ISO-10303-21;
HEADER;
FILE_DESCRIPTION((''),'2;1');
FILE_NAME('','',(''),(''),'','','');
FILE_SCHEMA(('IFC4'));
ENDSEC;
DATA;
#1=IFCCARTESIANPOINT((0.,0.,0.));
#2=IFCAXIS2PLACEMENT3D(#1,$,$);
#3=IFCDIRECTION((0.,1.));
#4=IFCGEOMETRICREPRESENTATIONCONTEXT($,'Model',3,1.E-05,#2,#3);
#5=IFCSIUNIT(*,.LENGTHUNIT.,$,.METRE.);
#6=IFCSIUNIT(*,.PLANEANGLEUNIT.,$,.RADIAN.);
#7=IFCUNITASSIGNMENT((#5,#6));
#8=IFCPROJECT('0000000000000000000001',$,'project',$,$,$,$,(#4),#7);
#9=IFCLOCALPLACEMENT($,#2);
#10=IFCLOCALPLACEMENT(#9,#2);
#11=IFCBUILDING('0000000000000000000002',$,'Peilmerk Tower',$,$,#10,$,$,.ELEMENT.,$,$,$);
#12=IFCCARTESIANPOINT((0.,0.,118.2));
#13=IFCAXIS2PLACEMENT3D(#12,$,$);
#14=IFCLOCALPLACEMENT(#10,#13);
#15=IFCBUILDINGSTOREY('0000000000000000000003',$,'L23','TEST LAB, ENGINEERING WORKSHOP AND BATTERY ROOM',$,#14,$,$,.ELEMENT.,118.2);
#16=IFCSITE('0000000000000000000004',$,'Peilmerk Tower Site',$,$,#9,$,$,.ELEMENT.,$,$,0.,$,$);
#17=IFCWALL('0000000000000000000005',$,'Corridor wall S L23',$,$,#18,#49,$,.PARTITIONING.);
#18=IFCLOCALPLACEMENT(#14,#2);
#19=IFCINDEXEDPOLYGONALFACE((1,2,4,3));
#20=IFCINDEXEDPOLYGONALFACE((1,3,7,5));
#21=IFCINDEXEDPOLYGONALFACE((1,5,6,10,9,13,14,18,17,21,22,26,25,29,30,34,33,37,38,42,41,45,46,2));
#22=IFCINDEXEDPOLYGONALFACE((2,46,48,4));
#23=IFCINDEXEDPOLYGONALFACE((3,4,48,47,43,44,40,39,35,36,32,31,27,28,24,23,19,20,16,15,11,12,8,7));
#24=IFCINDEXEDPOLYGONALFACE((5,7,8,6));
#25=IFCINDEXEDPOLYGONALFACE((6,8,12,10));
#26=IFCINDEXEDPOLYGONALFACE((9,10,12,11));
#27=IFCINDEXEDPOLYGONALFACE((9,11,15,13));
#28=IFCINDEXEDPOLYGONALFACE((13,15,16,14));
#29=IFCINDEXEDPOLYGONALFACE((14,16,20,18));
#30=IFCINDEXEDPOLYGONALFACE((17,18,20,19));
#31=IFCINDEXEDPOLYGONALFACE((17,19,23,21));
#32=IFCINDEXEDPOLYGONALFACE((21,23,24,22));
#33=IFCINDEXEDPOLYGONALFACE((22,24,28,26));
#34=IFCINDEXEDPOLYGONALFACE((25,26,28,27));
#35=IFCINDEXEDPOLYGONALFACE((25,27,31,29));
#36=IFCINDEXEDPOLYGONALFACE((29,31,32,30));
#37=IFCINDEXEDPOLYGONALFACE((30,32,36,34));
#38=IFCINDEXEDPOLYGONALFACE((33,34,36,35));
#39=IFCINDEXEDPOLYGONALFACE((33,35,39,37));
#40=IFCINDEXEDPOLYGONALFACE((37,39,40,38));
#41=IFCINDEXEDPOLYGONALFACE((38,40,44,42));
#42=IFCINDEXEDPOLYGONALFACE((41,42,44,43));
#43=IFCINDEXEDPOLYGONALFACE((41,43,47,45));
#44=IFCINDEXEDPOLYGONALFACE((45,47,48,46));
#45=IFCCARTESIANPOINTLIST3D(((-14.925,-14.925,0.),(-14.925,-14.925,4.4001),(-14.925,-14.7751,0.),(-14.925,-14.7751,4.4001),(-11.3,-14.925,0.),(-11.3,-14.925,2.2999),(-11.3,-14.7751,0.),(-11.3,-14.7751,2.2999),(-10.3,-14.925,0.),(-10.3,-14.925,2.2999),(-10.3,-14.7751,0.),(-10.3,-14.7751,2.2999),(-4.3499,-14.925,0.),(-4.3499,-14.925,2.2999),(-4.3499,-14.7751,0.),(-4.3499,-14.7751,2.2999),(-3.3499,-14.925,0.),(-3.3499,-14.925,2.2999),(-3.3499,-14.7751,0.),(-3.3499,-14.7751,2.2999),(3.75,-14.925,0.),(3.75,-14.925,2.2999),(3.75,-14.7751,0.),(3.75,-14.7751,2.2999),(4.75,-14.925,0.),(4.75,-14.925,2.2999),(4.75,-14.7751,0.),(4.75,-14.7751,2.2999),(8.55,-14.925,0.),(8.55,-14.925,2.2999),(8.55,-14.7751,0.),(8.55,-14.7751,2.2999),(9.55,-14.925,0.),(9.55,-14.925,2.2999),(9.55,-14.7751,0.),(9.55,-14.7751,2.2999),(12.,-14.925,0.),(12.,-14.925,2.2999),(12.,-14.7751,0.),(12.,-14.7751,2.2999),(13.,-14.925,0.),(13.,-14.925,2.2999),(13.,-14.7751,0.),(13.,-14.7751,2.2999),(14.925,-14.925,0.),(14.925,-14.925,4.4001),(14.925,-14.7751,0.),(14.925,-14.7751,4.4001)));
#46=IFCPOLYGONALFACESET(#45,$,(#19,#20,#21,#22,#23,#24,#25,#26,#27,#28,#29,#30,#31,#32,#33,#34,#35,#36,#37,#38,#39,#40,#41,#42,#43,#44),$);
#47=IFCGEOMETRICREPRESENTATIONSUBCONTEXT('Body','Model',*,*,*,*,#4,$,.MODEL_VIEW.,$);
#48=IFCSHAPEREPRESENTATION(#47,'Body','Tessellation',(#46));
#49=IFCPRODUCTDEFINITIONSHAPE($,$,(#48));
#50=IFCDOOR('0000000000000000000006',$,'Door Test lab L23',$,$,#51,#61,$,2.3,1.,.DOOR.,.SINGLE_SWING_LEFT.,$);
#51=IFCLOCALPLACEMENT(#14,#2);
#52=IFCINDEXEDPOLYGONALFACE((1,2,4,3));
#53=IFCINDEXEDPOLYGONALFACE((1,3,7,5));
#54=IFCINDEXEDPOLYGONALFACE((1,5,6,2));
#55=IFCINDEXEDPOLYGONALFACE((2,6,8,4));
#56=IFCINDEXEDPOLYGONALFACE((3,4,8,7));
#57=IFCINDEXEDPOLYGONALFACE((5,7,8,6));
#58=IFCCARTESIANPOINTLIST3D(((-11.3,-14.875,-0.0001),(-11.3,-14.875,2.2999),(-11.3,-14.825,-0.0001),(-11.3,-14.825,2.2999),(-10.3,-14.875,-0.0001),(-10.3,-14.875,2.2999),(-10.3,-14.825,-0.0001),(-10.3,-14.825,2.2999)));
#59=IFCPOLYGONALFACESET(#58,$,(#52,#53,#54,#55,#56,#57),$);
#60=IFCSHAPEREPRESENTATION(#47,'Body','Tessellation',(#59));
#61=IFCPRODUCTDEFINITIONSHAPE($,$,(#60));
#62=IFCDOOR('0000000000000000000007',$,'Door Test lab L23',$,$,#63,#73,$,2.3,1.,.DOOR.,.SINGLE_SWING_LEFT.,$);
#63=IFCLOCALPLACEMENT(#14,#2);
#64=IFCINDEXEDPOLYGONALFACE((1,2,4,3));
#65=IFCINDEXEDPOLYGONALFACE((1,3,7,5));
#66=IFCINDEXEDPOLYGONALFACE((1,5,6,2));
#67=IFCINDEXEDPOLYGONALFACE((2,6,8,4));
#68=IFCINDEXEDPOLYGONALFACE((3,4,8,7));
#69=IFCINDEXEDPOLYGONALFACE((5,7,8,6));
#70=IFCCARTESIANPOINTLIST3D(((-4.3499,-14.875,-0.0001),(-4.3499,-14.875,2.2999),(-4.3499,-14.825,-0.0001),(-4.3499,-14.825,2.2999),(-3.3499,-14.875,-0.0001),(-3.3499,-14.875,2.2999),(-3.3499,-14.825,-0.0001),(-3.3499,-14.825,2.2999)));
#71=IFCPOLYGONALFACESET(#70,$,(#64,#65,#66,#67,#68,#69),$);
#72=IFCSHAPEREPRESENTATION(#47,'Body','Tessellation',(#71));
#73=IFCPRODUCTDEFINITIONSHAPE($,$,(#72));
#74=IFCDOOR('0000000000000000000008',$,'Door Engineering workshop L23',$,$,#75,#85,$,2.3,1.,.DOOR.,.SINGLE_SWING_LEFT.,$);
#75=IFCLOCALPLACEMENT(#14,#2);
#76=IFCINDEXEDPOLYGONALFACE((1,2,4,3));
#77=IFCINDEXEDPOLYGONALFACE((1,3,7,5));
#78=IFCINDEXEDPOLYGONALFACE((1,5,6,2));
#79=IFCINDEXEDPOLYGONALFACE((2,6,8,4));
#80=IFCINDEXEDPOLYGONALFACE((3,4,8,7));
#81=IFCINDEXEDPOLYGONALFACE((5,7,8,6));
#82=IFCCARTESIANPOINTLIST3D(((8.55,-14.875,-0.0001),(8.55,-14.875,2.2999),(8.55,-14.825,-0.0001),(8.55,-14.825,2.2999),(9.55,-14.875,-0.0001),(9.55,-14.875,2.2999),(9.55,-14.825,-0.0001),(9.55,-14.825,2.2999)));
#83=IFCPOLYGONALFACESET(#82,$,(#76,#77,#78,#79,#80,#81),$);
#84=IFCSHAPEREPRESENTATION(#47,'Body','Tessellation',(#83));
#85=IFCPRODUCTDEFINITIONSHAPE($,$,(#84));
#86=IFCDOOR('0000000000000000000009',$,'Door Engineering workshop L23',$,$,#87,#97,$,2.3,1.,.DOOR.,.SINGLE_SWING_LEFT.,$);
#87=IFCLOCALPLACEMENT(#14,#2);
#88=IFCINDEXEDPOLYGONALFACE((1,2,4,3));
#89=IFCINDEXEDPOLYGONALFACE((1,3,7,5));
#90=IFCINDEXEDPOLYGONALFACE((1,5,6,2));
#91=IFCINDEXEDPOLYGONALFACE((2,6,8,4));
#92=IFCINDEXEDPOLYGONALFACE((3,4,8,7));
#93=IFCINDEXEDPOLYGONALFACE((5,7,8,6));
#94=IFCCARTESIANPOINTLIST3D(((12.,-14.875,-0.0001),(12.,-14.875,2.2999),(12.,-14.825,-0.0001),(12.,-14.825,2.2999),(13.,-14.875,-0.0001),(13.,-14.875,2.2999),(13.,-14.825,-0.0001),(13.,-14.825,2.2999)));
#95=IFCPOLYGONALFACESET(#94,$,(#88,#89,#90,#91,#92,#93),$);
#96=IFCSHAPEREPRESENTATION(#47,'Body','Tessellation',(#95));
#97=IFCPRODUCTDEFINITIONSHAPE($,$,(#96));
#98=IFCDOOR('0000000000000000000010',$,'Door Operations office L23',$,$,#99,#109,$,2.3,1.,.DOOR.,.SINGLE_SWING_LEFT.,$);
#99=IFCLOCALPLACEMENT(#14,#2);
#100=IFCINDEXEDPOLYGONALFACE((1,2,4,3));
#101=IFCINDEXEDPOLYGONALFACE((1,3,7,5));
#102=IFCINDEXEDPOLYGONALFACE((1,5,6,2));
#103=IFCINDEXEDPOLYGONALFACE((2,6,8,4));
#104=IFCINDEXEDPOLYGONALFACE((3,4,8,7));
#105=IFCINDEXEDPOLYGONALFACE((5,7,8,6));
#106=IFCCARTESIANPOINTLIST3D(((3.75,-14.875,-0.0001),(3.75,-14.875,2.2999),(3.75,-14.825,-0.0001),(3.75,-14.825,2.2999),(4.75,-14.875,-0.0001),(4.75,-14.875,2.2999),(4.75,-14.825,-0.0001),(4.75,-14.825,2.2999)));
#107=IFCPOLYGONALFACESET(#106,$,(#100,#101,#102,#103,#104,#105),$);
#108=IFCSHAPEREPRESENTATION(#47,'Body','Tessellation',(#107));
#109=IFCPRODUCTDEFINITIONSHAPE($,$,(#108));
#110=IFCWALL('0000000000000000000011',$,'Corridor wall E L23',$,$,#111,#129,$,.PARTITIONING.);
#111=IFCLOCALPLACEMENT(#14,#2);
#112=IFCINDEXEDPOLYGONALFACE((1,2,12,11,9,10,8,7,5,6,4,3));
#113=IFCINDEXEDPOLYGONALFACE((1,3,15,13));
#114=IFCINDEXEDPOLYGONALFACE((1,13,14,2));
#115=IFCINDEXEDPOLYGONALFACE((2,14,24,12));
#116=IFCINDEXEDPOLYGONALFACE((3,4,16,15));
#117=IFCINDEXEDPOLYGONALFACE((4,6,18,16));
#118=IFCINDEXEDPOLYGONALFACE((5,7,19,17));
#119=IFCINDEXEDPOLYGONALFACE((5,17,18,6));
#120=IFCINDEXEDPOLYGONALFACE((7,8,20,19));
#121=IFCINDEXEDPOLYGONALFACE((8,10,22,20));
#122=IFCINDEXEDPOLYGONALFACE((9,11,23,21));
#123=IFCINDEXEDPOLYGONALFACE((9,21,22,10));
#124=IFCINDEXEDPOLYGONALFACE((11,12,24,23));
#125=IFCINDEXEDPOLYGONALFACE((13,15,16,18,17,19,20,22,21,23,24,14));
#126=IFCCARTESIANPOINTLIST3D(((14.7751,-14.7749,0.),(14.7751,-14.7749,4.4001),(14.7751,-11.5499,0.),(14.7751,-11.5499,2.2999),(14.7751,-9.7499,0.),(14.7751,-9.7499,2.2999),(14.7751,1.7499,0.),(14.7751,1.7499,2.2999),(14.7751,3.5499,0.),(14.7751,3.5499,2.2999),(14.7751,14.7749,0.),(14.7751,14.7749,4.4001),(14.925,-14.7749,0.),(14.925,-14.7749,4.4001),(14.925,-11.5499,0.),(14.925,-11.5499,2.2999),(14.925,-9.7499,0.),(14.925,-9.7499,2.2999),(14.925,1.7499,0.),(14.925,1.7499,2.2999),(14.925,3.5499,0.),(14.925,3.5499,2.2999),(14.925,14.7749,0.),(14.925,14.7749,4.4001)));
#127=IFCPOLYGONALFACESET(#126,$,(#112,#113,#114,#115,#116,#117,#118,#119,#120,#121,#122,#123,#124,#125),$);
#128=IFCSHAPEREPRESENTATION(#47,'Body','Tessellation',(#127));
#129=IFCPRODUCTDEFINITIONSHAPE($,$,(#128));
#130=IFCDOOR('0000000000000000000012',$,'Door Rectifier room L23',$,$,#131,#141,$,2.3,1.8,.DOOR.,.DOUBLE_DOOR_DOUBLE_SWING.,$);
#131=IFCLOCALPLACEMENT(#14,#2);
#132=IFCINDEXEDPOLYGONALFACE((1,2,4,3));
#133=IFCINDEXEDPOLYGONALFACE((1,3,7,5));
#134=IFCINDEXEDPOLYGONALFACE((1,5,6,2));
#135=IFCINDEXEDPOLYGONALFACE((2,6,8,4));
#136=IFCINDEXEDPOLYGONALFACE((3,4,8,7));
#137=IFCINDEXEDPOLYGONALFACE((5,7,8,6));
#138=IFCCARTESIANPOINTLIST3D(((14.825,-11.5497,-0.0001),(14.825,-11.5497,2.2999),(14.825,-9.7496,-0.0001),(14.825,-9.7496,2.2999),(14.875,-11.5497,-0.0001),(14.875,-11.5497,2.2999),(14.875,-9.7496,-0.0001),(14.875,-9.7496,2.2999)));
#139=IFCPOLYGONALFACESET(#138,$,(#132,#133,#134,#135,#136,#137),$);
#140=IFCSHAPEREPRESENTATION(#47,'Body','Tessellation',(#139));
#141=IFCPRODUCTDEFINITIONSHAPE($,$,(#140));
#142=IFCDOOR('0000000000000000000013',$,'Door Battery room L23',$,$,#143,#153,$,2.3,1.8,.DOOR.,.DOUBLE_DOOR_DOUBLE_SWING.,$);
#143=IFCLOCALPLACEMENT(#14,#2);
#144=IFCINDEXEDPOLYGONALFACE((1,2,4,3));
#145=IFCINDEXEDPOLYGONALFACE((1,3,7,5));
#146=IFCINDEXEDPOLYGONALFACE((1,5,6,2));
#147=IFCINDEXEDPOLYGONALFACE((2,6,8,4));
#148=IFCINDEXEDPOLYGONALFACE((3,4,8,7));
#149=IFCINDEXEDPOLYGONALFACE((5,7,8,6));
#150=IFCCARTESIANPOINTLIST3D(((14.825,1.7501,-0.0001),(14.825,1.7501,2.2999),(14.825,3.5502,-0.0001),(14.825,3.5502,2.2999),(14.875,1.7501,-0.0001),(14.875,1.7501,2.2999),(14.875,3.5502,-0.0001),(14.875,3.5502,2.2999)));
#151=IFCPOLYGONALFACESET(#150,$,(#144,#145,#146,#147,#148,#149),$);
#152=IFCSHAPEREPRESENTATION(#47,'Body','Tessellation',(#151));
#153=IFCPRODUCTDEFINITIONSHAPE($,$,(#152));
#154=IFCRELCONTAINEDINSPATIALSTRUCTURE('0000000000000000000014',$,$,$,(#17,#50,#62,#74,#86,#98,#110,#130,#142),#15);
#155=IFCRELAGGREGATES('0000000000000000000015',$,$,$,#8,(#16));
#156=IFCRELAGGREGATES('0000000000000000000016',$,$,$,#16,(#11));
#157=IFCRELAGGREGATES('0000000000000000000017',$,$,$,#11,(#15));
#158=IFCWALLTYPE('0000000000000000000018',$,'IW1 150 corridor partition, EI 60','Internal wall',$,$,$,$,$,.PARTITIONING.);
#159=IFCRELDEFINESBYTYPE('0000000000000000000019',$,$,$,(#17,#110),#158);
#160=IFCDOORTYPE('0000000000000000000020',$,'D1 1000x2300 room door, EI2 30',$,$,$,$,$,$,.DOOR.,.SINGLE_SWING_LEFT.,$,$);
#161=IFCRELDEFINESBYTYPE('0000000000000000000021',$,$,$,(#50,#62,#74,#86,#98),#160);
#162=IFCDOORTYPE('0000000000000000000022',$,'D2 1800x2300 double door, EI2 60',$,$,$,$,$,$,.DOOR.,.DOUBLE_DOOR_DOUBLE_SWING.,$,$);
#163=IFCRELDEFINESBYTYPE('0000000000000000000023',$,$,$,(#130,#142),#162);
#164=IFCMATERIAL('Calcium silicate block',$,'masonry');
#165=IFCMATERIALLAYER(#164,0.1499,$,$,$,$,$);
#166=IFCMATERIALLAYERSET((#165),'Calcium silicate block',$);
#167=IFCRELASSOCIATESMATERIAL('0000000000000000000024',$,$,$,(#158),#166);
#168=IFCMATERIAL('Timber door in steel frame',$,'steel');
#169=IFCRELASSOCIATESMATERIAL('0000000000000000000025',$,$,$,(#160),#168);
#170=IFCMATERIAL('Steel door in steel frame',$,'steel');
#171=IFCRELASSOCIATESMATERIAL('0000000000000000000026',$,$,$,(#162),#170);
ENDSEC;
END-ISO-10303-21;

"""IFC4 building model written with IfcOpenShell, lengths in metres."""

from ifc_helpers import new_model, si_unit, direction, frame, frame_2d, origin, place, context, subcontext, project, spatial, rectangle, extrude, material, layer, layer_set, type_object, element, fill, save


model = new_model("IFC4")

# Units and contexts
model_context = context("Model", 3, precision=1e-05, world=origin(), true_north=direction((0.0, 1.0)))
body_context = subcontext(model_context, "Body", "Model", "MODEL_VIEW")
ifc_project = project(units=[si_unit("LENGTHUNIT", "METRE"), si_unit("PLANEANGLEUNIT", "RADIAN")], contexts=[model_context])

# Site, building, storey
site_placement = place(None, origin())
site = spatial("IfcSite", under=ifc_project, at=site_placement, Name="Peilmerk Tower Site", CompositionType="ELEMENT", RefElevation=0.0)
building_placement = place(site_placement, origin())
building = spatial("IfcBuilding", under=site, at=building_placement, Name="Peilmerk Tower", CompositionType="ELEMENT")
storey_placement = place(building_placement, frame((0.0, 0.0, 118.2)))
storey = spatial("IfcBuildingStorey", under=building, at=storey_placement, Name="L23", Description="TEST LAB, ENGINEERING WORKSHOP AND BATTERY ROOM", CompositionType="ELEMENT", Elevation=118.2)

# Walls, openings, doors
ifc_material_1 = material(Name="Calcium silicate block", Category="masonry")
ifc_layer_1 = layer(ifc_material_1, 0.1499)
ifc_layer_set_1 = layer_set([ifc_layer_1], Name="Calcium silicate block")
wall_type_1 = type_object("IfcWallType", Name="IW1 150 corridor partition, EI 60", Description="Internal wall", PredefinedType="PARTITIONING", material=ifc_layer_set_1)
wall_1_placement = place(storey_placement, frame((14.925, -14.8501, 0.0), z_axis=(0.0, 0.0, 1.0), x_axis=(-1.0, 0.0, 0.0)))
wall_1 = element("IfcWall", 1, at=wall_1_placement, inside=storey, type_object=wall_type_1, Name="Corridor wall S L23", PredefinedType="PARTITIONING", context=body_context, shape_type="SweptSolid", body=[
    extrude(rectangle(XDim=29.8501, YDim=0.1499, at=frame_2d((14.925, 0.0))), origin(), (0.0, 0.0, 1.0), 4.4001),
])
opening_1_placement = place(wall_1_placement, frame((25.2251, 0.0, 0.0)))
opening_1 = element("IfcOpeningElement", 2, at=opening_1_placement, cuts=wall_1, PredefinedType="OPENING", context=body_context, shape_type="SweptSolid", body=[
    extrude(rectangle(XDim=1.0, YDim=2.3, at=frame_2d((0.5, 1.1499))), frame((0.0, 0.085, 0.0), z_axis=(0.0, -1.0, 0.0), x_axis=(1.0, 0.0, 0.0)), (0.0, 0.0, 1.0), 0.1699),
])
opening_2_placement = place(wall_1_placement, frame((18.2749, 0.0, 0.0)))
opening_2 = element("IfcOpeningElement", 3, at=opening_2_placement, cuts=wall_1, PredefinedType="OPENING", context=body_context, shape_type="SweptSolid", body=[
    extrude(rectangle(XDim=1.0, YDim=2.3, at=frame_2d((0.5, 1.1499))), frame((0.0, 0.085, 0.0), z_axis=(0.0, -1.0, 0.0), x_axis=(1.0, 0.0, 0.0)), (0.0, 0.0, 1.0), 0.1699),
])
opening_3_placement = place(wall_1_placement, frame((5.375, 0.0, 0.0)))
opening_3 = element("IfcOpeningElement", 4, at=opening_3_placement, cuts=wall_1, PredefinedType="OPENING", context=body_context, shape_type="SweptSolid", body=[
    extrude(rectangle(XDim=1.0, YDim=2.3, at=frame_2d((0.5, 1.1499))), frame((0.0, 0.085, 0.0), z_axis=(0.0, -1.0, 0.0), x_axis=(1.0, 0.0, 0.0)), (0.0, 0.0, 1.0), 0.1699),
])
opening_4_placement = place(wall_1_placement, frame((1.925, 0.0, 0.0)))
opening_4 = element("IfcOpeningElement", 5, at=opening_4_placement, cuts=wall_1, PredefinedType="OPENING", context=body_context, shape_type="SweptSolid", body=[
    extrude(rectangle(XDim=1.0, YDim=2.3, at=frame_2d((0.5, 1.1499))), frame((0.0, 0.085, 0.0), z_axis=(0.0, -1.0, 0.0), x_axis=(1.0, 0.0, 0.0)), (0.0, 0.0, 1.0), 0.1699),
])
opening_5_placement = place(wall_1_placement, frame((10.175, 0.0, 0.0)))
opening_5 = element("IfcOpeningElement", 6, at=opening_5_placement, cuts=wall_1, PredefinedType="OPENING", context=body_context, shape_type="SweptSolid", body=[
    extrude(rectangle(XDim=1.0, YDim=2.3, at=frame_2d((0.5, 1.1499))), frame((0.0, 0.085, 0.0), z_axis=(0.0, -1.0, 0.0), x_axis=(1.0, 0.0, 0.0)), (0.0, 0.0, 1.0), 0.1699),
])
ifc_material_2 = material(Name="Timber door in steel frame", Category="steel")
door_type_1 = type_object("IfcDoorType", Name="D1 1000x2300 room door, EI2 30", OperationType="SINGLE_SWING_LEFT", PredefinedType="DOOR", material=ifc_material_2)
door_1_placement = place(opening_1_placement, origin())
door_1 = element("IfcDoor", 7, at=door_1_placement, inside=storey, type_object=door_type_1, Name="Door Test lab L23", OperationType="SINGLE_SWING_LEFT", OverallHeight=2.3, OverallWidth=1.0, PredefinedType="DOOR", context=body_context, shape_type="SweptSolid", body=[
    extrude(rectangle(XDim=1.0, YDim=2.3, at=frame_2d((0.5, 1.1499))), frame((0.0, 0.0249, 0.0), z_axis=(0.0, -1.0, 0.0), x_axis=(1.0, 0.0, 0.0)), (0.0, 0.0, 1.0), 0.05),
])
fill(opening_1, door_1)
door_2_placement = place(opening_2_placement, origin())
door_2 = element("IfcDoor", 8, at=door_2_placement, inside=storey, type_object=door_type_1, Name="Door Test lab L23", OperationType="SINGLE_SWING_LEFT", OverallHeight=2.3, OverallWidth=1.0, PredefinedType="DOOR", context=body_context, shape_type="SweptSolid", body=[
    extrude(rectangle(XDim=1.0, YDim=2.3, at=frame_2d((0.5, 1.1499))), frame((0.0, 0.0249, 0.0), z_axis=(0.0, -1.0, 0.0), x_axis=(1.0, 0.0, 0.0)), (0.0, 0.0, 1.0), 0.05),
])
fill(opening_2, door_2)
door_3_placement = place(opening_3_placement, origin())
door_3 = element("IfcDoor", 9, at=door_3_placement, inside=storey, type_object=door_type_1, Name="Door Engineering workshop L23", OperationType="SINGLE_SWING_LEFT", OverallHeight=2.3, OverallWidth=1.0, PredefinedType="DOOR", context=body_context, shape_type="SweptSolid", body=[
    extrude(rectangle(XDim=1.0, YDim=2.3, at=frame_2d((0.5, 1.1499))), frame((0.0, 0.0249, 0.0), z_axis=(0.0, -1.0, 0.0), x_axis=(1.0, 0.0, 0.0)), (0.0, 0.0, 1.0), 0.05),
])
fill(opening_3, door_3)
door_4_placement = place(opening_4_placement, origin())
door_4 = element("IfcDoor", 10, at=door_4_placement, inside=storey, type_object=door_type_1, Name="Door Engineering workshop L23", OperationType="SINGLE_SWING_LEFT", OverallHeight=2.3, OverallWidth=1.0, PredefinedType="DOOR", context=body_context, shape_type="SweptSolid", body=[
    extrude(rectangle(XDim=1.0, YDim=2.3, at=frame_2d((0.5, 1.1499))), frame((0.0, 0.0249, 0.0), z_axis=(0.0, -1.0, 0.0), x_axis=(1.0, 0.0, 0.0)), (0.0, 0.0, 1.0), 0.05),
])
fill(opening_4, door_4)
door_5_placement = place(opening_5_placement, origin())
door_5 = element("IfcDoor", 11, at=door_5_placement, inside=storey, type_object=door_type_1, Name="Door Operations office L23", OperationType="SINGLE_SWING_LEFT", OverallHeight=2.3, OverallWidth=1.0, PredefinedType="DOOR", context=body_context, shape_type="SweptSolid", body=[
    extrude(rectangle(XDim=1.0, YDim=2.3, at=frame_2d((0.5, 1.1499))), frame((0.0, 0.0249, 0.0), z_axis=(0.0, -1.0, 0.0), x_axis=(1.0, 0.0, 0.0)), (0.0, 0.0, 1.0), 0.05),
])
fill(opening_5, door_5)
wall_2_placement = place(storey_placement, frame((14.8501, -14.7749, 0.0), z_axis=(0.0, 0.0, 1.0), x_axis=(0.0, 1.0, 0.0)))
wall_2 = element("IfcWall", 12, at=wall_2_placement, inside=storey, type_object=wall_type_1, Name="Corridor wall E L23", PredefinedType="PARTITIONING", context=body_context, shape_type="SweptSolid", body=[
    extrude(rectangle(XDim=29.5498, YDim=0.1499, at=frame_2d((14.7749, 0.0))), origin(), (0.0, 0.0, 1.0), 4.4001),
])
opening_6_placement = place(wall_2_placement, frame((3.2251, 0.0, 0.0)))
opening_6 = element("IfcOpeningElement", 13, at=opening_6_placement, cuts=wall_2, PredefinedType="OPENING", context=body_context, shape_type="SweptSolid", body=[
    extrude(rectangle(XDim=1.8, YDim=2.3, at=frame_2d((0.8999, 1.1499))), frame((0.0, 0.085, 0.0), z_axis=(0.0, -1.0, 0.0), x_axis=(1.0, 0.0, 0.0)), (0.0, 0.0, 1.0), 0.1699),
])
opening_7_placement = place(wall_2_placement, frame((16.5249, 0.0, 0.0)))
opening_7 = element("IfcOpeningElement", 14, at=opening_7_placement, cuts=wall_2, PredefinedType="OPENING", context=body_context, shape_type="SweptSolid", body=[
    extrude(rectangle(XDim=1.8, YDim=2.3, at=frame_2d((0.8999, 1.1499))), frame((0.0, 0.085, 0.0), z_axis=(0.0, -1.0, 0.0), x_axis=(1.0, 0.0, 0.0)), (0.0, 0.0, 1.0), 0.1699),
])
ifc_material_3 = material(Name="Steel door in steel frame", Category="steel")
door_type_2 = type_object("IfcDoorType", Name="D2 1800x2300 double door, EI2 60", OperationType="DOUBLE_DOOR_DOUBLE_SWING", PredefinedType="DOOR", material=ifc_material_3)
door_6_placement = place(opening_6_placement, frame((1.8, 0.0, 0.0), z_axis=(0.0, 0.0, 1.0), x_axis=(-1.0, 0.0, 0.0)))
door_6 = element("IfcDoor", 15, at=door_6_placement, inside=storey, type_object=door_type_2, Name="Door Rectifier room L23", OperationType="DOUBLE_DOOR_DOUBLE_SWING", OverallHeight=2.3, OverallWidth=1.8, PredefinedType="DOOR", context=body_context, shape_type="SweptSolid", body=[
    extrude(rectangle(XDim=1.8, YDim=2.3, at=frame_2d((0.8999, 1.1499))), frame((0.0, 0.0249, 0.0), z_axis=(0.0, -1.0, 0.0), x_axis=(1.0, 0.0, 0.0)), (0.0, 0.0, 1.0), 0.05),
])
fill(opening_6, door_6)
door_7_placement = place(opening_7_placement, frame((1.8, 0.0, 0.0), z_axis=(0.0, 0.0, 1.0), x_axis=(-1.0, 0.0, 0.0)))
door_7 = element("IfcDoor", 16, at=door_7_placement, inside=storey, type_object=door_type_2, Name="Door Battery room L23", OperationType="DOUBLE_DOOR_DOUBLE_SWING", OverallHeight=2.3, OverallWidth=1.8, PredefinedType="DOOR", context=body_context, shape_type="SweptSolid", body=[
    extrude(rectangle(XDim=1.8, YDim=2.3, at=frame_2d((0.8999, 1.1499))), frame((0.0, 0.0249, 0.0), z_axis=(0.0, -1.0, 0.0), x_axis=(1.0, 0.0, 0.0)), (0.0, 0.0, 1.0), 0.05),
])
fill(opening_7, door_7)

save(model, "model.ifc")
